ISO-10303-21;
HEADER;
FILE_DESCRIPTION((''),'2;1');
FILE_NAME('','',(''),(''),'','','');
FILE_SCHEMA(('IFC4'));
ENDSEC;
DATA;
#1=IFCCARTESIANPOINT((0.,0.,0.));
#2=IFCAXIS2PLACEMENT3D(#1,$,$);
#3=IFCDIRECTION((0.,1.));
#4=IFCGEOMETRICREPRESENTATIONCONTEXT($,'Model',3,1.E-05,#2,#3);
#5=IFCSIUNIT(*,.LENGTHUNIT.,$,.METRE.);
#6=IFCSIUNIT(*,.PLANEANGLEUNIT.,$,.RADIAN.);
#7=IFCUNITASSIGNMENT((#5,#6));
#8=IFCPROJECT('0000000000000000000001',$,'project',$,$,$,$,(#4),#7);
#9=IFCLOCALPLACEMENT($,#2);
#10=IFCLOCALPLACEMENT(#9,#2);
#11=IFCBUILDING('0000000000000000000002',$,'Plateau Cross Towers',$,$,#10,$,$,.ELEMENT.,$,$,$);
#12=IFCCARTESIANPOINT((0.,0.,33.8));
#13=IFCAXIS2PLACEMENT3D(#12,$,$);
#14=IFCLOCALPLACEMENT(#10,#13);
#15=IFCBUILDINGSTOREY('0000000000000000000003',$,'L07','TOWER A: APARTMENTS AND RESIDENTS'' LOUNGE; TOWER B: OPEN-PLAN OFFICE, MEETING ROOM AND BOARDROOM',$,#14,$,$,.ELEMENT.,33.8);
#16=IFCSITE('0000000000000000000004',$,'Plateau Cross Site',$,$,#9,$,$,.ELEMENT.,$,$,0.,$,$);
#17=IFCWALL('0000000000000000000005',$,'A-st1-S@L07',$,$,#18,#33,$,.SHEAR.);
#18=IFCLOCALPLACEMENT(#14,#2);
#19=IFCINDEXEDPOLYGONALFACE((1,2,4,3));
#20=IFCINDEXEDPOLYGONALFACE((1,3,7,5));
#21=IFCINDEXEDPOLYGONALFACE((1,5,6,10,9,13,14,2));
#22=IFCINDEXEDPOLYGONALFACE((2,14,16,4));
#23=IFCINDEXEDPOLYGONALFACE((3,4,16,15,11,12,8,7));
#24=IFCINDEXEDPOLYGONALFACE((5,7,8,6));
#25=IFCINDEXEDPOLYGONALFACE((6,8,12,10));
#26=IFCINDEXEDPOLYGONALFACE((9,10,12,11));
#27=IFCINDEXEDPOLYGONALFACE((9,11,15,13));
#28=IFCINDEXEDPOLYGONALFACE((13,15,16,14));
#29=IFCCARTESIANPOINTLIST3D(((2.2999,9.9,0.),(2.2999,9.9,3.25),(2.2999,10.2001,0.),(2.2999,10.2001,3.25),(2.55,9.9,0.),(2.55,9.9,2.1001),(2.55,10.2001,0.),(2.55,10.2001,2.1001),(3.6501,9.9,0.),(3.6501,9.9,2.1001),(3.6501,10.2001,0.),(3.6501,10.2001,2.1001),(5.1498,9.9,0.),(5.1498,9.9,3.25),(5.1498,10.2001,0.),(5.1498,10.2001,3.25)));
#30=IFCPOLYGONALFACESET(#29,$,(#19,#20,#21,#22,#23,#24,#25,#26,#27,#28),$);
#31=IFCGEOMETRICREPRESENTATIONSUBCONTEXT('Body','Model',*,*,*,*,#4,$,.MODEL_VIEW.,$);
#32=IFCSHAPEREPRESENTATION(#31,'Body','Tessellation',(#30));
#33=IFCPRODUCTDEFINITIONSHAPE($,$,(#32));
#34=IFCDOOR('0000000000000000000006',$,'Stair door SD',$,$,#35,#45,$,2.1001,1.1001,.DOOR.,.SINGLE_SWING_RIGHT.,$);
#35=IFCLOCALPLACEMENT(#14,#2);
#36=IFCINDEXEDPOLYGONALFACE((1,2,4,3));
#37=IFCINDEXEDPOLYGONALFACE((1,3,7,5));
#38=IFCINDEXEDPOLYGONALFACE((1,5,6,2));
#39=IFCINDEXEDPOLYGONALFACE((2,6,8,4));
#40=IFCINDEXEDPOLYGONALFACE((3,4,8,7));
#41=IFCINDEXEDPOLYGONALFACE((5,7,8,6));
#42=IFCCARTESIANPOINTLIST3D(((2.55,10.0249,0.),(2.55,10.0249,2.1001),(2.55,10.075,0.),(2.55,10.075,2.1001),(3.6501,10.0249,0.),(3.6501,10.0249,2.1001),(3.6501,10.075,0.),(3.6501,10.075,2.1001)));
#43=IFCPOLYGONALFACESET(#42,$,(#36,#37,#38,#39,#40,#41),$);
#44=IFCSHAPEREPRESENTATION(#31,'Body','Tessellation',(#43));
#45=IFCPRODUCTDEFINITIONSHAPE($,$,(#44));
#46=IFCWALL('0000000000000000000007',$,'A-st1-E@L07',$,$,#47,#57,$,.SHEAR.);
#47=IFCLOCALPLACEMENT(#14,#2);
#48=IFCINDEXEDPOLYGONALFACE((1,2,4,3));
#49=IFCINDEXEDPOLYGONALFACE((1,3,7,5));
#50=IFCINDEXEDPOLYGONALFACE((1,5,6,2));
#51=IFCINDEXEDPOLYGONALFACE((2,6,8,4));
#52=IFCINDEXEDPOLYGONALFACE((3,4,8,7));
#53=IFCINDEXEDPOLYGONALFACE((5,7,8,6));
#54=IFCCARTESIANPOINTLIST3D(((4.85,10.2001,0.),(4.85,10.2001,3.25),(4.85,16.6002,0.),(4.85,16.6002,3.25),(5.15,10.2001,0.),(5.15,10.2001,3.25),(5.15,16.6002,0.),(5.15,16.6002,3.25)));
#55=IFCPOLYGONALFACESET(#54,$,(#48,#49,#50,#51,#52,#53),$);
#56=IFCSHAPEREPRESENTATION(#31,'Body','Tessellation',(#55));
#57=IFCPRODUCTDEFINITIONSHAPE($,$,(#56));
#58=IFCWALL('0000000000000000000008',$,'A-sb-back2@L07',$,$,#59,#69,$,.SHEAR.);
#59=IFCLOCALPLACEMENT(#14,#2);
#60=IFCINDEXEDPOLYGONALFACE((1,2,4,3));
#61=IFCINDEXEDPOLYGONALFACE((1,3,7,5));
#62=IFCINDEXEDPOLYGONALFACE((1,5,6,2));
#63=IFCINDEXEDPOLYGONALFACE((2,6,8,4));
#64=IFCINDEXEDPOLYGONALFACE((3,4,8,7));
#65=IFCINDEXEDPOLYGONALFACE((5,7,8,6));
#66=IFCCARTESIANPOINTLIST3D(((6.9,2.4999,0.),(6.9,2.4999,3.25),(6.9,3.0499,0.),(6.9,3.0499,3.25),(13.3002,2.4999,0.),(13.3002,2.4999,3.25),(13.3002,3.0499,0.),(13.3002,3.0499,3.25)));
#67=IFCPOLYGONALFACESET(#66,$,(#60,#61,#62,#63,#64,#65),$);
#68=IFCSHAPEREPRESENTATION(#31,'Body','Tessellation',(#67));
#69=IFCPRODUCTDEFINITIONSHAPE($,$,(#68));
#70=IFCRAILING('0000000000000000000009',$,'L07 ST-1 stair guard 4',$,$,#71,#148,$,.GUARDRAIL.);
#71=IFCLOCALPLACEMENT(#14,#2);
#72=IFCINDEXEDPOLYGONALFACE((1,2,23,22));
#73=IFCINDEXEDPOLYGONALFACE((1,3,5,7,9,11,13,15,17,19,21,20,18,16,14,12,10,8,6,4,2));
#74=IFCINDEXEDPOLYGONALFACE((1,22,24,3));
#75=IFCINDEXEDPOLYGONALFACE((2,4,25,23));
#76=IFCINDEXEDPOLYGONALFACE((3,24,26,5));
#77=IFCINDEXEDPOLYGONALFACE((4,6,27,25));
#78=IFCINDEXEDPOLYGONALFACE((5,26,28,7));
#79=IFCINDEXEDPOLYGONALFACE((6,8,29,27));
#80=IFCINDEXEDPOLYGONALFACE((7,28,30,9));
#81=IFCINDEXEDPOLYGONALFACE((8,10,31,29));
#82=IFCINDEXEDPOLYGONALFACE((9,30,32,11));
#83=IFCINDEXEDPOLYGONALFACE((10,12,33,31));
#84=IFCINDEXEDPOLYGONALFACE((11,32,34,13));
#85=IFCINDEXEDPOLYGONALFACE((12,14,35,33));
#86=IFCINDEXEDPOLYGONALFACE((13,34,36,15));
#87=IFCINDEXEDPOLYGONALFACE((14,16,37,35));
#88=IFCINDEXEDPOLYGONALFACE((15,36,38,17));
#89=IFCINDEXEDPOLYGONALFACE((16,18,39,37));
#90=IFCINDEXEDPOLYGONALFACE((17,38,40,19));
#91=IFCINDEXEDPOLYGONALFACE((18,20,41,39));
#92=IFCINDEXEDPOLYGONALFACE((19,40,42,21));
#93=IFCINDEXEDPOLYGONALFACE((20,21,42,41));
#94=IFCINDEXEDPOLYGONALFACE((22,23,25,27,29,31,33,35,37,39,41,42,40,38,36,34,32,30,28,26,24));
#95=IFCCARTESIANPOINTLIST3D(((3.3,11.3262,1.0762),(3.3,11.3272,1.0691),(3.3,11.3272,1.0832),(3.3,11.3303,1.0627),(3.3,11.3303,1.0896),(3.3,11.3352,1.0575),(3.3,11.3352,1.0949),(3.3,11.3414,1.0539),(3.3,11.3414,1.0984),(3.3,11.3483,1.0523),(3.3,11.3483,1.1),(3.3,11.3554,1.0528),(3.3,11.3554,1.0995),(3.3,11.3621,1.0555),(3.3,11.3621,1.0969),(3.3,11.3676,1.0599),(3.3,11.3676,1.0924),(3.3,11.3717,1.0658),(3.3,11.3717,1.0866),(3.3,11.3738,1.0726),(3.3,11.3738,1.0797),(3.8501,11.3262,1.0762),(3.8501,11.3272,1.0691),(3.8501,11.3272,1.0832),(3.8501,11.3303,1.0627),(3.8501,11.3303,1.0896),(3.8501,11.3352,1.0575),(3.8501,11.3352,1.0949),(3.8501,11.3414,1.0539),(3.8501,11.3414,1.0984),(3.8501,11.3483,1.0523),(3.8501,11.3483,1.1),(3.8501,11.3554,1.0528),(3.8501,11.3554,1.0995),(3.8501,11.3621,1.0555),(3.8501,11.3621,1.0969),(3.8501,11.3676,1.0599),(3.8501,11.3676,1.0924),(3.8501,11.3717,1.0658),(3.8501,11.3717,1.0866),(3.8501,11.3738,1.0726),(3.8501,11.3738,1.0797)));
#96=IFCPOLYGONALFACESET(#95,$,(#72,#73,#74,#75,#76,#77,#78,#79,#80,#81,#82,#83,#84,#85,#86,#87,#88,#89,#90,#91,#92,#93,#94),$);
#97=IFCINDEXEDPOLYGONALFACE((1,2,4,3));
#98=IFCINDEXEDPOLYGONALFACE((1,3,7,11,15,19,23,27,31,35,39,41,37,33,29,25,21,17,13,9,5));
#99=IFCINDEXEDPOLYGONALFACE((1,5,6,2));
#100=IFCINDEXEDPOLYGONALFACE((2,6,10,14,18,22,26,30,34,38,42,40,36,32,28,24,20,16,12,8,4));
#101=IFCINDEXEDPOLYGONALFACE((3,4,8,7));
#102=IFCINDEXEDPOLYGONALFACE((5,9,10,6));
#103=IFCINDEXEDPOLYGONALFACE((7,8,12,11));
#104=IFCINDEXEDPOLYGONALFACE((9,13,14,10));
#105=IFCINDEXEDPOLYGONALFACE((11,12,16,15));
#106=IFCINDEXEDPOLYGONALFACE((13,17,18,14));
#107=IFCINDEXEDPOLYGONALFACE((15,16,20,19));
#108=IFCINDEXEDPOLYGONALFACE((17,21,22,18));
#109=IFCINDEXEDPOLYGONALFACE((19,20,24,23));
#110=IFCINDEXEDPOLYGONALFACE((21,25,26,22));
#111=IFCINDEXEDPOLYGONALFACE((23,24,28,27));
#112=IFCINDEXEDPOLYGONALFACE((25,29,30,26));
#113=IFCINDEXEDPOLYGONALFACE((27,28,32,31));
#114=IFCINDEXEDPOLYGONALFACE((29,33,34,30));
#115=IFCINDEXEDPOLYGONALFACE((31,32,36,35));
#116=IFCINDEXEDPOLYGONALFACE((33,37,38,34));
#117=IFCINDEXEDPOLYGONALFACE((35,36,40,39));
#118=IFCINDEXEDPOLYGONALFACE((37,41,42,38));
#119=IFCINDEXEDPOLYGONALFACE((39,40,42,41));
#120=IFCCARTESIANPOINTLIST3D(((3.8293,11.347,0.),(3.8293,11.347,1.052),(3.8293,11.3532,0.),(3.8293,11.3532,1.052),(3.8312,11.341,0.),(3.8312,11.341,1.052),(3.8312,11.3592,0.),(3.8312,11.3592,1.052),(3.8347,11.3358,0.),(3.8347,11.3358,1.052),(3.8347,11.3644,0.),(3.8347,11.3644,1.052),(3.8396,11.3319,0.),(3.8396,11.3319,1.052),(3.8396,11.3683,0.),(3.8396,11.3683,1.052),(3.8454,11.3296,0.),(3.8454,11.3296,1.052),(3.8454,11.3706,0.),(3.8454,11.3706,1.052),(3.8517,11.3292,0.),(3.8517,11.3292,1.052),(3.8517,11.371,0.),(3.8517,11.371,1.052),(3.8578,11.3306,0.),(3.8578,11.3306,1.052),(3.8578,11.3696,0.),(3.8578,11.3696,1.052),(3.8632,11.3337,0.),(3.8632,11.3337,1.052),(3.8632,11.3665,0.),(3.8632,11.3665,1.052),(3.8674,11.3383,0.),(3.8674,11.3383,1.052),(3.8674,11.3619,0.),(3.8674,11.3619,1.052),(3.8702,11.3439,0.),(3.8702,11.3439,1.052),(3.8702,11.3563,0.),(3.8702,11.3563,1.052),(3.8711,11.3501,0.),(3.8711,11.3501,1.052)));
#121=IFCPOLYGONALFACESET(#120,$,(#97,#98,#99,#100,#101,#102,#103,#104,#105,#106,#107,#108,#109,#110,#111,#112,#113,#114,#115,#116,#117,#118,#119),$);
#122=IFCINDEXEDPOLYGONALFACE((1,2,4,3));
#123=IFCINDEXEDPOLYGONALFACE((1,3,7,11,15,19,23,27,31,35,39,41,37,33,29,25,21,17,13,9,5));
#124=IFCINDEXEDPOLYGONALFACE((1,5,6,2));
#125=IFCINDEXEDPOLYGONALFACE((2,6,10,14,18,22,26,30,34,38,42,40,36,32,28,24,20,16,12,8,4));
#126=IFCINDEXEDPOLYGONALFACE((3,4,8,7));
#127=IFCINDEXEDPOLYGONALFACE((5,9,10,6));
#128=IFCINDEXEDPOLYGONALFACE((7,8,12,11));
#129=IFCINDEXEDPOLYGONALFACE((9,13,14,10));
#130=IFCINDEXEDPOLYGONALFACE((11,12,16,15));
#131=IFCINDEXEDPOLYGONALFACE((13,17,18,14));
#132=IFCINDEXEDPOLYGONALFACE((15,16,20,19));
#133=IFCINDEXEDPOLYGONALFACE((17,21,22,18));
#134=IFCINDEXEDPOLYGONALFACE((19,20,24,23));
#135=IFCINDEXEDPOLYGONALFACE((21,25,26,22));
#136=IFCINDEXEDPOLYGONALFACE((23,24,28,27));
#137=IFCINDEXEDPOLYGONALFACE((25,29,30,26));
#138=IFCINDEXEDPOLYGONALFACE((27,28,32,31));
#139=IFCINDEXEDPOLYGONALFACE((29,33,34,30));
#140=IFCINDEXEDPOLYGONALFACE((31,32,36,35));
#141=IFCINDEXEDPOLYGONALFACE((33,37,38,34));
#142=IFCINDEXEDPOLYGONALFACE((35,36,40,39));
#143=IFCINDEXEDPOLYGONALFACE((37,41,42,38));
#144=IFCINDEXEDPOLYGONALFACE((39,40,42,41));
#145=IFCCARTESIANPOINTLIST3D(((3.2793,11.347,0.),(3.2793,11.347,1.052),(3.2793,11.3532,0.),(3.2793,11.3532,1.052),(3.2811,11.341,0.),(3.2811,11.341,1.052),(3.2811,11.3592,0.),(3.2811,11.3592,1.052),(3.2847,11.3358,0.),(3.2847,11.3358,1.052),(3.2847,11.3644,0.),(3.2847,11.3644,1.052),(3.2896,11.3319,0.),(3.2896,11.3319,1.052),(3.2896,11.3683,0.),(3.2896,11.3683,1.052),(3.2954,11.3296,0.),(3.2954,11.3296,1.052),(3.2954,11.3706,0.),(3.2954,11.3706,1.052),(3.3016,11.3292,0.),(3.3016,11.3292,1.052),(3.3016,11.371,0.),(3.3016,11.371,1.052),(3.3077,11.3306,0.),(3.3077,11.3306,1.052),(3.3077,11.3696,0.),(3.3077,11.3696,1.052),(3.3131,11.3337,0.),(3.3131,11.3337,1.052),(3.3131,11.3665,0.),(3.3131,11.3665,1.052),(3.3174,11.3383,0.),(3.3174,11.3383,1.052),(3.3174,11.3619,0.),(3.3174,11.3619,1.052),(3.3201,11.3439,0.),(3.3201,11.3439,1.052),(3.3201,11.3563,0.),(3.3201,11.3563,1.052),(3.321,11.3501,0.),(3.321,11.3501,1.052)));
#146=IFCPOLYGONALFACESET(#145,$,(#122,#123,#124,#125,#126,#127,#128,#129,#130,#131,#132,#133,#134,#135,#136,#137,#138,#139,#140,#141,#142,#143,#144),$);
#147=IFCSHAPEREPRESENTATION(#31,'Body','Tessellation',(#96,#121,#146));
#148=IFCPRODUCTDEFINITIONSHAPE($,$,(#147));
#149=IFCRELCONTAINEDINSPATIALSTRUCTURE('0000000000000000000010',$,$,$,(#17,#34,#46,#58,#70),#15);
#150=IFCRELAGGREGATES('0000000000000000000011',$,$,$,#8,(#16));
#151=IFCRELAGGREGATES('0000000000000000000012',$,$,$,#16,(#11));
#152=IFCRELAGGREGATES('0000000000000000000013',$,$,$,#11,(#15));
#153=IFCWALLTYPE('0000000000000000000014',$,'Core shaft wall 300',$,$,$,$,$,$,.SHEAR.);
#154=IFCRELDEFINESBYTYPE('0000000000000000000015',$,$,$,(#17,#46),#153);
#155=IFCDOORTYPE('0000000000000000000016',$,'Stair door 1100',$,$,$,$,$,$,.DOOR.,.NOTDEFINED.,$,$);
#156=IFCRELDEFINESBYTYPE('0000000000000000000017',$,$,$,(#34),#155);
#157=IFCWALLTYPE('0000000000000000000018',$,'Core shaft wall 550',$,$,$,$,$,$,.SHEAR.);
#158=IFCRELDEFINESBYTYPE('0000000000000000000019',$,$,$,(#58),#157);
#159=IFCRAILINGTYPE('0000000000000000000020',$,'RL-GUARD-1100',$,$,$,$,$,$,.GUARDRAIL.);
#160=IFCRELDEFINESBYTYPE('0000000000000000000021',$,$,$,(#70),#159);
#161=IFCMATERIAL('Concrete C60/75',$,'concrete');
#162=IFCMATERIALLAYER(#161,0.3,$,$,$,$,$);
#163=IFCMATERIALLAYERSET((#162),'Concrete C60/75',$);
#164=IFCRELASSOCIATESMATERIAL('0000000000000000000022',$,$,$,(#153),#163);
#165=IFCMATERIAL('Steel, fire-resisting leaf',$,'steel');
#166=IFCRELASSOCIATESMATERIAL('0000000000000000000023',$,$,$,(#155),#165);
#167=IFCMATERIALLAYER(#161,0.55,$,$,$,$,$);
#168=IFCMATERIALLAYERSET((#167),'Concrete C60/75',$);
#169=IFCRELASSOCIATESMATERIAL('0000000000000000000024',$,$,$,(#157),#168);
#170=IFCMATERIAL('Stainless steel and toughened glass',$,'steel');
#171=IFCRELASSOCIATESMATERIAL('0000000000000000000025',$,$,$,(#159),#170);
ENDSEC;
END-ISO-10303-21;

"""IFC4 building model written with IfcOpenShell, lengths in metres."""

from ifc_helpers import new_model, si_unit, direction, frame, frame_2d, origin, origin_2d, place, context, subcontext, project, spatial, rectangle, circle, extrude, material, layer, layer_set, type_object, element, fill, save


model = new_model("IFC4")

# Units and contexts
model_context = context("Model", 3, precision=1e-05, world=origin(), true_north=direction((0.0, 1.0)))
body_context = subcontext(model_context, "Body", "Model", "MODEL_VIEW")
ifc_project = project(units=[si_unit("LENGTHUNIT", "METRE"), si_unit("PLANEANGLEUNIT", "RADIAN")], contexts=[model_context])

# Site, building, storey
site_placement = place(None, origin())
site = spatial("IfcSite", under=ifc_project, at=site_placement, Name="Plateau Cross Site", CompositionType="ELEMENT", RefElevation=0.0)
building_placement = place(site_placement, origin())
building = spatial("IfcBuilding", under=site, at=building_placement, Name="Plateau Cross Towers", CompositionType="ELEMENT")
storey_placement = place(building_placement, frame((0.0, 0.0, 33.8)))
storey = spatial("IfcBuildingStorey", under=building, at=storey_placement, Name="L07", Description="TOWER A: APARTMENTS AND RESIDENTS' LOUNGE; TOWER B: OPEN-PLAN OFFICE, MEETING ROOM AND BOARDROOM", CompositionType="ELEMENT", Elevation=33.8)

# Shared definitions
ifc_material_1 = material(Name="Steel, fire-resisting leaf", Category="steel")

# Shared definitions
ifc_material_2 = material(Name="Concrete C60/75", Category="concrete")
ifc_layer_1 = layer(ifc_material_2, 0.3)
ifc_layer_set_1 = layer_set([ifc_layer_1], Name="Concrete C60/75")
wall_type_1 = type_object("IfcWallType", Name="Core shaft wall 300", PredefinedType="SHEAR", material=ifc_layer_set_1)

# Shared definitions
door_type_1 = type_object("IfcDoorType", Name="Stair door 1100", OperationType="NOTDEFINED", PredefinedType="DOOR", material=ifc_material_1)

# Wall, opening, door
wall_1_placement = place(storey_placement, frame((2.3, 10.05, 0.0), z_axis=(0.0, 0.0, 1.0), x_axis=(1.0, 0.0, 0.0)))
wall_1 = element("IfcWall", 1, at=wall_1_placement, inside=storey, type_object=wall_type_1, Name="A-st1-S@L07", PredefinedType="SHEAR", context=body_context, shape_type="SweptSolid", body=[
    extrude(rectangle(XDim=2.8499, YDim=0.3, at=frame_2d((1.4248, 0.0))), origin(), (0.0, 0.0, 1.0), 3.25),
])
opening_1_placement = place(wall_1_placement, frame((0.25, 0.0, 0.0)))
opening_1 = element("IfcOpeningElement", 2, at=opening_1_placement, cuts=wall_1, PredefinedType="OPENING", context=body_context, shape_type="SweptSolid", body=[
    extrude(rectangle(XDim=1.1001, YDim=2.1001, at=frame_2d((0.55, 1.05))), frame((0.0, 0.1599, 0.0), z_axis=(0.0, -1.0, 0.0), x_axis=(1.0, 0.0, 0.0)), (0.0, 0.0, 1.0), 0.3201),
])
door_1_placement = place(opening_1_placement, origin())
door_1 = element("IfcDoor", 3, at=door_1_placement, inside=storey, type_object=door_type_1, Name="Stair door SD", OperationType="SINGLE_SWING_RIGHT", OverallHeight=2.1001, OverallWidth=1.1001, PredefinedType="DOOR", context=body_context, shape_type="SweptSolid", body=[
    extrude(rectangle(XDim=1.1001, YDim=2.1001, at=frame_2d((0.55, 1.05))), frame((0.0, 0.0249, 0.0), z_axis=(0.0, -1.0, 0.0), x_axis=(1.0, 0.0, 0.0)), (0.0, 0.0, 1.0), 0.05),
])
fill(opening_1, door_1)

# Walls
wall_2_placement = place(storey_placement, frame((5.0, 10.2, 0.0), z_axis=(0.0, 0.0, 1.0), x_axis=(0.0, 1.0, 0.0)))
element("IfcWall", 4, at=wall_2_placement, inside=storey, type_object=wall_type_1, Name="A-st1-E@L07", PredefinedType="SHEAR", context=body_context, shape_type="SweptSolid", body=[
    extrude(rectangle(XDim=6.4001, YDim=0.3, at=frame_2d((3.2002, 0.0))), origin(), (0.0, 0.0, 1.0), 3.25),
])
ifc_layer_2 = layer(ifc_material_2, 0.55)
ifc_layer_set_2 = layer_set([ifc_layer_2], Name="Concrete C60/75")
wall_type_2 = type_object("IfcWallType", Name="Core shaft wall 550", PredefinedType="SHEAR", material=ifc_layer_set_2)
wall_3_placement = place(storey_placement, frame((6.8999, 2.7749, 0.0), z_axis=(0.0, 0.0, 1.0), x_axis=(1.0, 0.0, 0.0)))
element("IfcWall", 5, at=wall_3_placement, inside=storey, type_object=wall_type_2, Name="A-sb-back2@L07", PredefinedType="SHEAR", context=body_context, shape_type="SweptSolid", body=[
    extrude(rectangle(XDim=6.4001, YDim=0.55, at=frame_2d((3.2002, 0.0))), origin(), (0.0, 0.0, 1.0), 3.25),
])

# Railing
ifc_material_3 = material(Name="Stainless steel and toughened glass", Category="steel")
railing_type = type_object("IfcRailingType", Name="RL-GUARD-1100", PredefinedType="GUARDRAIL", material=ifc_material_3)
railing_placement = place(storey_placement, frame((3.8501, 11.3501, 0.0)))
element("IfcRailing", 6, at=railing_placement, inside=storey, type_object=railing_type, Name="L07 ST-1 stair guard 4", PredefinedType="GUARDRAIL", context=body_context, shape_type="SweptSolid", body=[
    extrude(circle(Radius=0.0239, at=origin_2d()), frame((0.0, 0.0, 1.0762), z_axis=(-1.0, 0.0, 0.0), x_axis=(0.0, -1.0, 0.0)), (0.0, 0.0, 1.0), 0.55),
    extrude(circle(Radius=0.021, at=origin_2d()), origin(), (0.0, 0.0, 1.0), 1.052),
    extrude(circle(Radius=0.021, at=origin_2d()), frame((-0.55, 0.0, 0.0)), (0.0, 0.0, 1.0), 1.052),
])

save(model, "model.ifc")
